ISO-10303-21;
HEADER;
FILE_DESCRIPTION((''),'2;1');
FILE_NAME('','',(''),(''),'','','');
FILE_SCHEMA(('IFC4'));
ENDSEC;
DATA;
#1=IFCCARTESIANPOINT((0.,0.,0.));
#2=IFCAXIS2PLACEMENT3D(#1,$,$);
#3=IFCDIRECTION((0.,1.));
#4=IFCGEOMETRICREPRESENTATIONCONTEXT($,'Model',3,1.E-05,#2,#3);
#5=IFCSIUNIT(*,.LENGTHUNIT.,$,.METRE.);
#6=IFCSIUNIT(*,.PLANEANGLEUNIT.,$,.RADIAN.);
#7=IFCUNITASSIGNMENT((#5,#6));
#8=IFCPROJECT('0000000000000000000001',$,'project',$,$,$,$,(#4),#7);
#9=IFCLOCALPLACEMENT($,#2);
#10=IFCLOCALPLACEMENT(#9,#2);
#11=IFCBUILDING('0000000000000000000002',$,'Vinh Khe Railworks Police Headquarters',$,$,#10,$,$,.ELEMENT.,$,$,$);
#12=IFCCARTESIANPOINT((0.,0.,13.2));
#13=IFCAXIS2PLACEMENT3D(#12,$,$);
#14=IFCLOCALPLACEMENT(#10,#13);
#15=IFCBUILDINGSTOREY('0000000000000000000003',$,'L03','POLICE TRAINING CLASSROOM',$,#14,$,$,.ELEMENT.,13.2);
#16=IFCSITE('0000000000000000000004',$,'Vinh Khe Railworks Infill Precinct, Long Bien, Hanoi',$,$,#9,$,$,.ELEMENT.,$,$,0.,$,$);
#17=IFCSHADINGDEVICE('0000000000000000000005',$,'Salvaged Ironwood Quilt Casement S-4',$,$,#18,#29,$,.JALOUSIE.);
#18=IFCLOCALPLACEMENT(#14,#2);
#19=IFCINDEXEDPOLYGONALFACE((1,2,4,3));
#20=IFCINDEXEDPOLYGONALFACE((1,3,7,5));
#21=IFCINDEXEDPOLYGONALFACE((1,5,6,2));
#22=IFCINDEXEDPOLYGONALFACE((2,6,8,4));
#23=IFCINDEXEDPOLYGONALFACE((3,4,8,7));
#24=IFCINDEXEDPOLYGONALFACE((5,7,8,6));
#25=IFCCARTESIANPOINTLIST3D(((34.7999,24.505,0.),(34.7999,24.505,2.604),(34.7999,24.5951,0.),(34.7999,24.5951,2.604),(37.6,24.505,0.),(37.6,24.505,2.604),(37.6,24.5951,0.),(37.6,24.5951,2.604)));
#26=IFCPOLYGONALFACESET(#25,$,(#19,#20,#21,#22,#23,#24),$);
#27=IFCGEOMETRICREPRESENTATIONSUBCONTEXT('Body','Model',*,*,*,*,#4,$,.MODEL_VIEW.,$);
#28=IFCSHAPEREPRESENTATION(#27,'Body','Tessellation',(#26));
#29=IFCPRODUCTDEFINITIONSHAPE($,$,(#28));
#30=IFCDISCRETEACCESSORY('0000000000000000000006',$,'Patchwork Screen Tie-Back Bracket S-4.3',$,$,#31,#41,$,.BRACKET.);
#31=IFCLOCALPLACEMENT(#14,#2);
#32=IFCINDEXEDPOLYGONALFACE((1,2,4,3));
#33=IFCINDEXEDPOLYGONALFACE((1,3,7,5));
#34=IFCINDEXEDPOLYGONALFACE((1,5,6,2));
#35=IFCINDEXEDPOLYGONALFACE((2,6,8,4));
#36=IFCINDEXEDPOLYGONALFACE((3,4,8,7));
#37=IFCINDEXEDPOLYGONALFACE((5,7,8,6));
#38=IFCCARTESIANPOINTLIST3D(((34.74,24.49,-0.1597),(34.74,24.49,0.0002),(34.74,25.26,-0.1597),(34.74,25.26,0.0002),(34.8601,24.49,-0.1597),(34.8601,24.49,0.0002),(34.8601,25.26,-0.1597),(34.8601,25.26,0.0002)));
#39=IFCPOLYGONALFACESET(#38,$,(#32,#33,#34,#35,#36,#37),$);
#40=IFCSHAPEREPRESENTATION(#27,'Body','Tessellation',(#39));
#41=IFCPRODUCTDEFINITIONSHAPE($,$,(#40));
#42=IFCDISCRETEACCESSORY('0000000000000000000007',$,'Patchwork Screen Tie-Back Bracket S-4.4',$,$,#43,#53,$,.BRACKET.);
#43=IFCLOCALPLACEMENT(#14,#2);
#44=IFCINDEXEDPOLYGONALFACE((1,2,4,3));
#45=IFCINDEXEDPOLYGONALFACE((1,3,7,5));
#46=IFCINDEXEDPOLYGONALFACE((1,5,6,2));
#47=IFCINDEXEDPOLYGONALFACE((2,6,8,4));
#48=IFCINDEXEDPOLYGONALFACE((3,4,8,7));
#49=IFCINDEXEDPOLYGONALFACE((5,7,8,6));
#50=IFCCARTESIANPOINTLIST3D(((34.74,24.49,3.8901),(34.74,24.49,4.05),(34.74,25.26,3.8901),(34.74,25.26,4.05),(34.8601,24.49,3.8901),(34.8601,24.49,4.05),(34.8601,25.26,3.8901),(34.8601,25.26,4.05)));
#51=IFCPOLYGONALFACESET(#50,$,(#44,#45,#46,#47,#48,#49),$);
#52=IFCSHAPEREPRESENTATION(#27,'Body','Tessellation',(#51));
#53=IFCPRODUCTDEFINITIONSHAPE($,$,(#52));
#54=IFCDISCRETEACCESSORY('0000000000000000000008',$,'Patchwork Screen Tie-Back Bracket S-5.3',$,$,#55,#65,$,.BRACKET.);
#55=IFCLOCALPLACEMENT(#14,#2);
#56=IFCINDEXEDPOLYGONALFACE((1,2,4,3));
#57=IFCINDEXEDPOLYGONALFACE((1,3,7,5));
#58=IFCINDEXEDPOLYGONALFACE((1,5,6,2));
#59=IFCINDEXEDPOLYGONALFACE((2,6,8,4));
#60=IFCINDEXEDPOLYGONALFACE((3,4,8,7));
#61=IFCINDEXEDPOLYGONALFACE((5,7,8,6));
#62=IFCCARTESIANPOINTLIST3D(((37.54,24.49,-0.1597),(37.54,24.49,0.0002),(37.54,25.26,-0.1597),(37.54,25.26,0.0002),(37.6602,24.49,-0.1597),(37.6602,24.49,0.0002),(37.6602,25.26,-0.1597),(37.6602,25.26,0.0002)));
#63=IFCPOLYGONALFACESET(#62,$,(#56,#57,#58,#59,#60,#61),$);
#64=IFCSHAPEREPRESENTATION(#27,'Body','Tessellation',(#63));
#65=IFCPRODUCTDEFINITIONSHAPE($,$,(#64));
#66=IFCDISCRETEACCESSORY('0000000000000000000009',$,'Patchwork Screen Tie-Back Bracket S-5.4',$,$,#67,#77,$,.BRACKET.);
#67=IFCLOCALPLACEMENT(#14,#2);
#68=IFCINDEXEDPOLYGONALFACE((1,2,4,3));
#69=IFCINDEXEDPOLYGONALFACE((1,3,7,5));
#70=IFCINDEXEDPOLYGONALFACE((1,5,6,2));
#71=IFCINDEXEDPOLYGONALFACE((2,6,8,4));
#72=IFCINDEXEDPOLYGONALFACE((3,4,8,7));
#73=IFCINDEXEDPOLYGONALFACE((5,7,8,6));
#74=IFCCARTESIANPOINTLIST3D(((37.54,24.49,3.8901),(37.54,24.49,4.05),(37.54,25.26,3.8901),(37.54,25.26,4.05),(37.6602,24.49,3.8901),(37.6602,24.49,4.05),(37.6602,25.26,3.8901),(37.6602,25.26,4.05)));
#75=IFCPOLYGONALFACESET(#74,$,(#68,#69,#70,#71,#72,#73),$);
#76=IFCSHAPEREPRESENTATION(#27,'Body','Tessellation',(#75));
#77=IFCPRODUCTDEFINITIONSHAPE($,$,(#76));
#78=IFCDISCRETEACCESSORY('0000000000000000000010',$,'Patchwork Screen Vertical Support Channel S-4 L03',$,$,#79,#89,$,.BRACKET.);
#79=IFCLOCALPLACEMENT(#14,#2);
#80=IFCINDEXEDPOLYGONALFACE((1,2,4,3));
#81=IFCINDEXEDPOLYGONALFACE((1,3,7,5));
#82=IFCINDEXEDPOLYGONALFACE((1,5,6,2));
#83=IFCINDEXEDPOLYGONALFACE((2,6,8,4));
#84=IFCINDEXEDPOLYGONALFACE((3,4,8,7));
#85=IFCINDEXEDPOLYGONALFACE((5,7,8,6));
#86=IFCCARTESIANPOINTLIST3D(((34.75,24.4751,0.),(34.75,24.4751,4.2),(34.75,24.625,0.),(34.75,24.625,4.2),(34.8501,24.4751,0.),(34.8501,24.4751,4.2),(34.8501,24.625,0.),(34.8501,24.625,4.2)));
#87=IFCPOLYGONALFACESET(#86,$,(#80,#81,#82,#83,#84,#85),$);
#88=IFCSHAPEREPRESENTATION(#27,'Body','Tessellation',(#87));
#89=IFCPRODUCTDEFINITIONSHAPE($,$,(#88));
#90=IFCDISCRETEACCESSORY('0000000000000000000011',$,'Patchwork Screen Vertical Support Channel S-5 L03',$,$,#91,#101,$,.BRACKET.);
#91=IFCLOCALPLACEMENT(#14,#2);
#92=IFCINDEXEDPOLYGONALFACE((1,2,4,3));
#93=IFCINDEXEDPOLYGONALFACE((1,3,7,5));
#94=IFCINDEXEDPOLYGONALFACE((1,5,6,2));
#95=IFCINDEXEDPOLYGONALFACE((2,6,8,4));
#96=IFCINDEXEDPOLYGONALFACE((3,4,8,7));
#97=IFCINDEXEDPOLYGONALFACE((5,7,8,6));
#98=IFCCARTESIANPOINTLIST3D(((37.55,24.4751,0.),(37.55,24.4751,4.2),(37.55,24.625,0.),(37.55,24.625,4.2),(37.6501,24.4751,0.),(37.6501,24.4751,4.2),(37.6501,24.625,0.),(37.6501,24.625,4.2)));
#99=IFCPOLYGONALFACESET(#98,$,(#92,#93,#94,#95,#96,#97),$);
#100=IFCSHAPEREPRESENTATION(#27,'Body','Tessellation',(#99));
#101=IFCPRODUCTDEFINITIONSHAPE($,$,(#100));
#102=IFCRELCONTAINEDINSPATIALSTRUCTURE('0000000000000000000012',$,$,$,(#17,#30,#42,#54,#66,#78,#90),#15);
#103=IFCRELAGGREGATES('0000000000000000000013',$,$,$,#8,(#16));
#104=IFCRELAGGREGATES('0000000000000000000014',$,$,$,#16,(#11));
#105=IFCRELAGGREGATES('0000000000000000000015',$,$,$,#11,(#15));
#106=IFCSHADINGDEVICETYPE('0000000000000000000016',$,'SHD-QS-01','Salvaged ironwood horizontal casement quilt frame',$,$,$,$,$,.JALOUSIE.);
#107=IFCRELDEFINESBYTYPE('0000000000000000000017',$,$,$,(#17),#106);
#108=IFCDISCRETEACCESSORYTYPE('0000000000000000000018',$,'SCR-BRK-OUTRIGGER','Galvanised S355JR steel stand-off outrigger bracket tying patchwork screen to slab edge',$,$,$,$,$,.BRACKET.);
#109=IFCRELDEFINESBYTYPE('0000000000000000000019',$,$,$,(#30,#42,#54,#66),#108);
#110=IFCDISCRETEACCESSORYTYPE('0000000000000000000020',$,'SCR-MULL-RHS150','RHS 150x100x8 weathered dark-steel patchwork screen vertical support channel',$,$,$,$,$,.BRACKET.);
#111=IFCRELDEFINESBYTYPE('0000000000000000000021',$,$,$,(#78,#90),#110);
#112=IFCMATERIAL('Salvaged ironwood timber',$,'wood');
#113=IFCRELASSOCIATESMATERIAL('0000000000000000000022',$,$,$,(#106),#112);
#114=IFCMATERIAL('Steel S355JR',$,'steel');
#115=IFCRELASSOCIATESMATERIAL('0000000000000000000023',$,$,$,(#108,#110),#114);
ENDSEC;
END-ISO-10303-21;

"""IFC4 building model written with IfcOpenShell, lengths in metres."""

from ifc_helpers import new_model, si_unit, direction, frame, origin, origin_2d, place, context, subcontext, project, spatial, rectangle, extrude, material, type_object, element, save


model = new_model("IFC4")

# Units and contexts
model_context = context("Model", 3, precision=1e-05, world=origin(), true_north=direction((0.0, 1.0)))
body_context = subcontext(model_context, "Body", "Model", "MODEL_VIEW")
ifc_project = project(units=[si_unit("LENGTHUNIT", "METRE"), si_unit("PLANEANGLEUNIT", "RADIAN")], contexts=[model_context])

# Site, building, storey
site_placement = place(None, origin())
site = spatial("IfcSite", under=ifc_project, at=site_placement, Name="Vinh Khe Railworks Infill Precinct, Long Bien, Hanoi", CompositionType="ELEMENT", RefElevation=0.0)
building_placement = place(site_placement, origin())
building = spatial("IfcBuilding", under=site, at=building_placement, Name="Vinh Khe Railworks Police Headquarters", CompositionType="ELEMENT")
storey_placement = place(building_placement, frame((0.0, 0.0, 13.2)))
storey = spatial("IfcBuildingStorey", under=building, at=storey_placement, Name="L03", Description="POLICE TRAINING CLASSROOM", CompositionType="ELEMENT", Elevation=13.2)

# Shared definitions
ifc_material_1 = material(Name="Steel S355JR", Category="steel")

# Shared definitions
ifc_material_2 = material(Name="Salvaged ironwood timber", Category="wood")

# Shading device
shading_device_type = type_object("IfcShadingDeviceType", Name="SHD-QS-01", Description="Salvaged ironwood horizontal casement quilt frame", PredefinedType="JALOUSIE", material=ifc_material_2)
shading_device_placement = place(storey_placement, frame((36.2, 24.55, 0.0), z_axis=(0.0, 0.0, 1.0), x_axis=(1.0, 0.0, 0.0)))
element("IfcShadingDevice", 1, at=shading_device_placement, inside=storey, type_object=shading_device_type, Name="Salvaged Ironwood Quilt Casement S-4", PredefinedType="JALOUSIE", context=body_context, shape_type="SweptSolid", body=[
    extrude(rectangle(XDim=2.8, YDim=0.0901, at=origin_2d()), origin(), (0.0, 0.0, 1.0), 2.604),
])

# Discrete accessories
discrete_accessory_type_1 = type_object("IfcDiscreteAccessoryType", Name="SCR-BRK-OUTRIGGER", Description="Galvanised S355JR steel stand-off outrigger bracket tying patchwork screen to slab edge", PredefinedType="BRACKET", material=ifc_material_1)
for number, where, z_axis, x_axis, name in (
    (2, (34.8, 24.875, -0.1597), (0.0, 0.0, 1.0), (1.0, 0.0, 0.0), "Patchwork Screen Tie-Back Bracket S-4.3"),
    (3, (34.8, 24.875, 3.8901), (0.0, 0.0, 1.0), (1.0, 0.0, 0.0), "Patchwork Screen Tie-Back Bracket S-4.4"),
    (4, (37.6001, 24.875, -0.1597), (0.0, 0.0, 1.0), (1.0, 0.0, 0.0), "Patchwork Screen Tie-Back Bracket S-5.3"),
    (5, (37.6001, 24.875, 3.8901), (0.0, 0.0, 1.0), (1.0, 0.0, 0.0), "Patchwork Screen Tie-Back Bracket S-5.4"),
):
    element("IfcDiscreteAccessory", number, at=place(storey_placement, frame(where, z_axis=z_axis, x_axis=x_axis)), inside=storey, type_object=discrete_accessory_type_1, Name=name, PredefinedType="BRACKET", context=body_context, shape_type="SweptSolid", body=[
        extrude(rectangle(XDim=0.1201, YDim=0.77, at=origin_2d()), origin(), (0.0, 0.0, 1.0), 0.1599),
    ])
discrete_accessory_type_2 = type_object("IfcDiscreteAccessoryType", Name="SCR-MULL-RHS150", Description="RHS 150x100x8 weathered dark-steel patchwork screen vertical support channel", PredefinedType="BRACKET", material=ifc_material_1)
for number, where, z_axis, x_axis, name in (
    (6, (34.8, 24.55, 0.0), (0.0, 0.0, 1.0), (1.0, 0.0, 0.0), "Patchwork Screen Vertical Support Channel S-4 L03"),
    (7, (37.6001, 24.55, 0.0), (0.0, 0.0, 1.0), (1.0, 0.0, 0.0), "Patchwork Screen Vertical Support Channel S-5 L03"),
):
    element("IfcDiscreteAccessory", number, at=place(storey_placement, frame(where, z_axis=z_axis, x_axis=x_axis)), inside=storey, type_object=discrete_accessory_type_2, Name=name, PredefinedType="BRACKET", context=body_context, shape_type="SweptSolid", body=[
        extrude(rectangle(XDim=0.1001, YDim=0.1499, at=origin_2d()), origin(), (0.0, 0.0, 1.0), 4.2),
    ])

save(model, "model.ifc")
